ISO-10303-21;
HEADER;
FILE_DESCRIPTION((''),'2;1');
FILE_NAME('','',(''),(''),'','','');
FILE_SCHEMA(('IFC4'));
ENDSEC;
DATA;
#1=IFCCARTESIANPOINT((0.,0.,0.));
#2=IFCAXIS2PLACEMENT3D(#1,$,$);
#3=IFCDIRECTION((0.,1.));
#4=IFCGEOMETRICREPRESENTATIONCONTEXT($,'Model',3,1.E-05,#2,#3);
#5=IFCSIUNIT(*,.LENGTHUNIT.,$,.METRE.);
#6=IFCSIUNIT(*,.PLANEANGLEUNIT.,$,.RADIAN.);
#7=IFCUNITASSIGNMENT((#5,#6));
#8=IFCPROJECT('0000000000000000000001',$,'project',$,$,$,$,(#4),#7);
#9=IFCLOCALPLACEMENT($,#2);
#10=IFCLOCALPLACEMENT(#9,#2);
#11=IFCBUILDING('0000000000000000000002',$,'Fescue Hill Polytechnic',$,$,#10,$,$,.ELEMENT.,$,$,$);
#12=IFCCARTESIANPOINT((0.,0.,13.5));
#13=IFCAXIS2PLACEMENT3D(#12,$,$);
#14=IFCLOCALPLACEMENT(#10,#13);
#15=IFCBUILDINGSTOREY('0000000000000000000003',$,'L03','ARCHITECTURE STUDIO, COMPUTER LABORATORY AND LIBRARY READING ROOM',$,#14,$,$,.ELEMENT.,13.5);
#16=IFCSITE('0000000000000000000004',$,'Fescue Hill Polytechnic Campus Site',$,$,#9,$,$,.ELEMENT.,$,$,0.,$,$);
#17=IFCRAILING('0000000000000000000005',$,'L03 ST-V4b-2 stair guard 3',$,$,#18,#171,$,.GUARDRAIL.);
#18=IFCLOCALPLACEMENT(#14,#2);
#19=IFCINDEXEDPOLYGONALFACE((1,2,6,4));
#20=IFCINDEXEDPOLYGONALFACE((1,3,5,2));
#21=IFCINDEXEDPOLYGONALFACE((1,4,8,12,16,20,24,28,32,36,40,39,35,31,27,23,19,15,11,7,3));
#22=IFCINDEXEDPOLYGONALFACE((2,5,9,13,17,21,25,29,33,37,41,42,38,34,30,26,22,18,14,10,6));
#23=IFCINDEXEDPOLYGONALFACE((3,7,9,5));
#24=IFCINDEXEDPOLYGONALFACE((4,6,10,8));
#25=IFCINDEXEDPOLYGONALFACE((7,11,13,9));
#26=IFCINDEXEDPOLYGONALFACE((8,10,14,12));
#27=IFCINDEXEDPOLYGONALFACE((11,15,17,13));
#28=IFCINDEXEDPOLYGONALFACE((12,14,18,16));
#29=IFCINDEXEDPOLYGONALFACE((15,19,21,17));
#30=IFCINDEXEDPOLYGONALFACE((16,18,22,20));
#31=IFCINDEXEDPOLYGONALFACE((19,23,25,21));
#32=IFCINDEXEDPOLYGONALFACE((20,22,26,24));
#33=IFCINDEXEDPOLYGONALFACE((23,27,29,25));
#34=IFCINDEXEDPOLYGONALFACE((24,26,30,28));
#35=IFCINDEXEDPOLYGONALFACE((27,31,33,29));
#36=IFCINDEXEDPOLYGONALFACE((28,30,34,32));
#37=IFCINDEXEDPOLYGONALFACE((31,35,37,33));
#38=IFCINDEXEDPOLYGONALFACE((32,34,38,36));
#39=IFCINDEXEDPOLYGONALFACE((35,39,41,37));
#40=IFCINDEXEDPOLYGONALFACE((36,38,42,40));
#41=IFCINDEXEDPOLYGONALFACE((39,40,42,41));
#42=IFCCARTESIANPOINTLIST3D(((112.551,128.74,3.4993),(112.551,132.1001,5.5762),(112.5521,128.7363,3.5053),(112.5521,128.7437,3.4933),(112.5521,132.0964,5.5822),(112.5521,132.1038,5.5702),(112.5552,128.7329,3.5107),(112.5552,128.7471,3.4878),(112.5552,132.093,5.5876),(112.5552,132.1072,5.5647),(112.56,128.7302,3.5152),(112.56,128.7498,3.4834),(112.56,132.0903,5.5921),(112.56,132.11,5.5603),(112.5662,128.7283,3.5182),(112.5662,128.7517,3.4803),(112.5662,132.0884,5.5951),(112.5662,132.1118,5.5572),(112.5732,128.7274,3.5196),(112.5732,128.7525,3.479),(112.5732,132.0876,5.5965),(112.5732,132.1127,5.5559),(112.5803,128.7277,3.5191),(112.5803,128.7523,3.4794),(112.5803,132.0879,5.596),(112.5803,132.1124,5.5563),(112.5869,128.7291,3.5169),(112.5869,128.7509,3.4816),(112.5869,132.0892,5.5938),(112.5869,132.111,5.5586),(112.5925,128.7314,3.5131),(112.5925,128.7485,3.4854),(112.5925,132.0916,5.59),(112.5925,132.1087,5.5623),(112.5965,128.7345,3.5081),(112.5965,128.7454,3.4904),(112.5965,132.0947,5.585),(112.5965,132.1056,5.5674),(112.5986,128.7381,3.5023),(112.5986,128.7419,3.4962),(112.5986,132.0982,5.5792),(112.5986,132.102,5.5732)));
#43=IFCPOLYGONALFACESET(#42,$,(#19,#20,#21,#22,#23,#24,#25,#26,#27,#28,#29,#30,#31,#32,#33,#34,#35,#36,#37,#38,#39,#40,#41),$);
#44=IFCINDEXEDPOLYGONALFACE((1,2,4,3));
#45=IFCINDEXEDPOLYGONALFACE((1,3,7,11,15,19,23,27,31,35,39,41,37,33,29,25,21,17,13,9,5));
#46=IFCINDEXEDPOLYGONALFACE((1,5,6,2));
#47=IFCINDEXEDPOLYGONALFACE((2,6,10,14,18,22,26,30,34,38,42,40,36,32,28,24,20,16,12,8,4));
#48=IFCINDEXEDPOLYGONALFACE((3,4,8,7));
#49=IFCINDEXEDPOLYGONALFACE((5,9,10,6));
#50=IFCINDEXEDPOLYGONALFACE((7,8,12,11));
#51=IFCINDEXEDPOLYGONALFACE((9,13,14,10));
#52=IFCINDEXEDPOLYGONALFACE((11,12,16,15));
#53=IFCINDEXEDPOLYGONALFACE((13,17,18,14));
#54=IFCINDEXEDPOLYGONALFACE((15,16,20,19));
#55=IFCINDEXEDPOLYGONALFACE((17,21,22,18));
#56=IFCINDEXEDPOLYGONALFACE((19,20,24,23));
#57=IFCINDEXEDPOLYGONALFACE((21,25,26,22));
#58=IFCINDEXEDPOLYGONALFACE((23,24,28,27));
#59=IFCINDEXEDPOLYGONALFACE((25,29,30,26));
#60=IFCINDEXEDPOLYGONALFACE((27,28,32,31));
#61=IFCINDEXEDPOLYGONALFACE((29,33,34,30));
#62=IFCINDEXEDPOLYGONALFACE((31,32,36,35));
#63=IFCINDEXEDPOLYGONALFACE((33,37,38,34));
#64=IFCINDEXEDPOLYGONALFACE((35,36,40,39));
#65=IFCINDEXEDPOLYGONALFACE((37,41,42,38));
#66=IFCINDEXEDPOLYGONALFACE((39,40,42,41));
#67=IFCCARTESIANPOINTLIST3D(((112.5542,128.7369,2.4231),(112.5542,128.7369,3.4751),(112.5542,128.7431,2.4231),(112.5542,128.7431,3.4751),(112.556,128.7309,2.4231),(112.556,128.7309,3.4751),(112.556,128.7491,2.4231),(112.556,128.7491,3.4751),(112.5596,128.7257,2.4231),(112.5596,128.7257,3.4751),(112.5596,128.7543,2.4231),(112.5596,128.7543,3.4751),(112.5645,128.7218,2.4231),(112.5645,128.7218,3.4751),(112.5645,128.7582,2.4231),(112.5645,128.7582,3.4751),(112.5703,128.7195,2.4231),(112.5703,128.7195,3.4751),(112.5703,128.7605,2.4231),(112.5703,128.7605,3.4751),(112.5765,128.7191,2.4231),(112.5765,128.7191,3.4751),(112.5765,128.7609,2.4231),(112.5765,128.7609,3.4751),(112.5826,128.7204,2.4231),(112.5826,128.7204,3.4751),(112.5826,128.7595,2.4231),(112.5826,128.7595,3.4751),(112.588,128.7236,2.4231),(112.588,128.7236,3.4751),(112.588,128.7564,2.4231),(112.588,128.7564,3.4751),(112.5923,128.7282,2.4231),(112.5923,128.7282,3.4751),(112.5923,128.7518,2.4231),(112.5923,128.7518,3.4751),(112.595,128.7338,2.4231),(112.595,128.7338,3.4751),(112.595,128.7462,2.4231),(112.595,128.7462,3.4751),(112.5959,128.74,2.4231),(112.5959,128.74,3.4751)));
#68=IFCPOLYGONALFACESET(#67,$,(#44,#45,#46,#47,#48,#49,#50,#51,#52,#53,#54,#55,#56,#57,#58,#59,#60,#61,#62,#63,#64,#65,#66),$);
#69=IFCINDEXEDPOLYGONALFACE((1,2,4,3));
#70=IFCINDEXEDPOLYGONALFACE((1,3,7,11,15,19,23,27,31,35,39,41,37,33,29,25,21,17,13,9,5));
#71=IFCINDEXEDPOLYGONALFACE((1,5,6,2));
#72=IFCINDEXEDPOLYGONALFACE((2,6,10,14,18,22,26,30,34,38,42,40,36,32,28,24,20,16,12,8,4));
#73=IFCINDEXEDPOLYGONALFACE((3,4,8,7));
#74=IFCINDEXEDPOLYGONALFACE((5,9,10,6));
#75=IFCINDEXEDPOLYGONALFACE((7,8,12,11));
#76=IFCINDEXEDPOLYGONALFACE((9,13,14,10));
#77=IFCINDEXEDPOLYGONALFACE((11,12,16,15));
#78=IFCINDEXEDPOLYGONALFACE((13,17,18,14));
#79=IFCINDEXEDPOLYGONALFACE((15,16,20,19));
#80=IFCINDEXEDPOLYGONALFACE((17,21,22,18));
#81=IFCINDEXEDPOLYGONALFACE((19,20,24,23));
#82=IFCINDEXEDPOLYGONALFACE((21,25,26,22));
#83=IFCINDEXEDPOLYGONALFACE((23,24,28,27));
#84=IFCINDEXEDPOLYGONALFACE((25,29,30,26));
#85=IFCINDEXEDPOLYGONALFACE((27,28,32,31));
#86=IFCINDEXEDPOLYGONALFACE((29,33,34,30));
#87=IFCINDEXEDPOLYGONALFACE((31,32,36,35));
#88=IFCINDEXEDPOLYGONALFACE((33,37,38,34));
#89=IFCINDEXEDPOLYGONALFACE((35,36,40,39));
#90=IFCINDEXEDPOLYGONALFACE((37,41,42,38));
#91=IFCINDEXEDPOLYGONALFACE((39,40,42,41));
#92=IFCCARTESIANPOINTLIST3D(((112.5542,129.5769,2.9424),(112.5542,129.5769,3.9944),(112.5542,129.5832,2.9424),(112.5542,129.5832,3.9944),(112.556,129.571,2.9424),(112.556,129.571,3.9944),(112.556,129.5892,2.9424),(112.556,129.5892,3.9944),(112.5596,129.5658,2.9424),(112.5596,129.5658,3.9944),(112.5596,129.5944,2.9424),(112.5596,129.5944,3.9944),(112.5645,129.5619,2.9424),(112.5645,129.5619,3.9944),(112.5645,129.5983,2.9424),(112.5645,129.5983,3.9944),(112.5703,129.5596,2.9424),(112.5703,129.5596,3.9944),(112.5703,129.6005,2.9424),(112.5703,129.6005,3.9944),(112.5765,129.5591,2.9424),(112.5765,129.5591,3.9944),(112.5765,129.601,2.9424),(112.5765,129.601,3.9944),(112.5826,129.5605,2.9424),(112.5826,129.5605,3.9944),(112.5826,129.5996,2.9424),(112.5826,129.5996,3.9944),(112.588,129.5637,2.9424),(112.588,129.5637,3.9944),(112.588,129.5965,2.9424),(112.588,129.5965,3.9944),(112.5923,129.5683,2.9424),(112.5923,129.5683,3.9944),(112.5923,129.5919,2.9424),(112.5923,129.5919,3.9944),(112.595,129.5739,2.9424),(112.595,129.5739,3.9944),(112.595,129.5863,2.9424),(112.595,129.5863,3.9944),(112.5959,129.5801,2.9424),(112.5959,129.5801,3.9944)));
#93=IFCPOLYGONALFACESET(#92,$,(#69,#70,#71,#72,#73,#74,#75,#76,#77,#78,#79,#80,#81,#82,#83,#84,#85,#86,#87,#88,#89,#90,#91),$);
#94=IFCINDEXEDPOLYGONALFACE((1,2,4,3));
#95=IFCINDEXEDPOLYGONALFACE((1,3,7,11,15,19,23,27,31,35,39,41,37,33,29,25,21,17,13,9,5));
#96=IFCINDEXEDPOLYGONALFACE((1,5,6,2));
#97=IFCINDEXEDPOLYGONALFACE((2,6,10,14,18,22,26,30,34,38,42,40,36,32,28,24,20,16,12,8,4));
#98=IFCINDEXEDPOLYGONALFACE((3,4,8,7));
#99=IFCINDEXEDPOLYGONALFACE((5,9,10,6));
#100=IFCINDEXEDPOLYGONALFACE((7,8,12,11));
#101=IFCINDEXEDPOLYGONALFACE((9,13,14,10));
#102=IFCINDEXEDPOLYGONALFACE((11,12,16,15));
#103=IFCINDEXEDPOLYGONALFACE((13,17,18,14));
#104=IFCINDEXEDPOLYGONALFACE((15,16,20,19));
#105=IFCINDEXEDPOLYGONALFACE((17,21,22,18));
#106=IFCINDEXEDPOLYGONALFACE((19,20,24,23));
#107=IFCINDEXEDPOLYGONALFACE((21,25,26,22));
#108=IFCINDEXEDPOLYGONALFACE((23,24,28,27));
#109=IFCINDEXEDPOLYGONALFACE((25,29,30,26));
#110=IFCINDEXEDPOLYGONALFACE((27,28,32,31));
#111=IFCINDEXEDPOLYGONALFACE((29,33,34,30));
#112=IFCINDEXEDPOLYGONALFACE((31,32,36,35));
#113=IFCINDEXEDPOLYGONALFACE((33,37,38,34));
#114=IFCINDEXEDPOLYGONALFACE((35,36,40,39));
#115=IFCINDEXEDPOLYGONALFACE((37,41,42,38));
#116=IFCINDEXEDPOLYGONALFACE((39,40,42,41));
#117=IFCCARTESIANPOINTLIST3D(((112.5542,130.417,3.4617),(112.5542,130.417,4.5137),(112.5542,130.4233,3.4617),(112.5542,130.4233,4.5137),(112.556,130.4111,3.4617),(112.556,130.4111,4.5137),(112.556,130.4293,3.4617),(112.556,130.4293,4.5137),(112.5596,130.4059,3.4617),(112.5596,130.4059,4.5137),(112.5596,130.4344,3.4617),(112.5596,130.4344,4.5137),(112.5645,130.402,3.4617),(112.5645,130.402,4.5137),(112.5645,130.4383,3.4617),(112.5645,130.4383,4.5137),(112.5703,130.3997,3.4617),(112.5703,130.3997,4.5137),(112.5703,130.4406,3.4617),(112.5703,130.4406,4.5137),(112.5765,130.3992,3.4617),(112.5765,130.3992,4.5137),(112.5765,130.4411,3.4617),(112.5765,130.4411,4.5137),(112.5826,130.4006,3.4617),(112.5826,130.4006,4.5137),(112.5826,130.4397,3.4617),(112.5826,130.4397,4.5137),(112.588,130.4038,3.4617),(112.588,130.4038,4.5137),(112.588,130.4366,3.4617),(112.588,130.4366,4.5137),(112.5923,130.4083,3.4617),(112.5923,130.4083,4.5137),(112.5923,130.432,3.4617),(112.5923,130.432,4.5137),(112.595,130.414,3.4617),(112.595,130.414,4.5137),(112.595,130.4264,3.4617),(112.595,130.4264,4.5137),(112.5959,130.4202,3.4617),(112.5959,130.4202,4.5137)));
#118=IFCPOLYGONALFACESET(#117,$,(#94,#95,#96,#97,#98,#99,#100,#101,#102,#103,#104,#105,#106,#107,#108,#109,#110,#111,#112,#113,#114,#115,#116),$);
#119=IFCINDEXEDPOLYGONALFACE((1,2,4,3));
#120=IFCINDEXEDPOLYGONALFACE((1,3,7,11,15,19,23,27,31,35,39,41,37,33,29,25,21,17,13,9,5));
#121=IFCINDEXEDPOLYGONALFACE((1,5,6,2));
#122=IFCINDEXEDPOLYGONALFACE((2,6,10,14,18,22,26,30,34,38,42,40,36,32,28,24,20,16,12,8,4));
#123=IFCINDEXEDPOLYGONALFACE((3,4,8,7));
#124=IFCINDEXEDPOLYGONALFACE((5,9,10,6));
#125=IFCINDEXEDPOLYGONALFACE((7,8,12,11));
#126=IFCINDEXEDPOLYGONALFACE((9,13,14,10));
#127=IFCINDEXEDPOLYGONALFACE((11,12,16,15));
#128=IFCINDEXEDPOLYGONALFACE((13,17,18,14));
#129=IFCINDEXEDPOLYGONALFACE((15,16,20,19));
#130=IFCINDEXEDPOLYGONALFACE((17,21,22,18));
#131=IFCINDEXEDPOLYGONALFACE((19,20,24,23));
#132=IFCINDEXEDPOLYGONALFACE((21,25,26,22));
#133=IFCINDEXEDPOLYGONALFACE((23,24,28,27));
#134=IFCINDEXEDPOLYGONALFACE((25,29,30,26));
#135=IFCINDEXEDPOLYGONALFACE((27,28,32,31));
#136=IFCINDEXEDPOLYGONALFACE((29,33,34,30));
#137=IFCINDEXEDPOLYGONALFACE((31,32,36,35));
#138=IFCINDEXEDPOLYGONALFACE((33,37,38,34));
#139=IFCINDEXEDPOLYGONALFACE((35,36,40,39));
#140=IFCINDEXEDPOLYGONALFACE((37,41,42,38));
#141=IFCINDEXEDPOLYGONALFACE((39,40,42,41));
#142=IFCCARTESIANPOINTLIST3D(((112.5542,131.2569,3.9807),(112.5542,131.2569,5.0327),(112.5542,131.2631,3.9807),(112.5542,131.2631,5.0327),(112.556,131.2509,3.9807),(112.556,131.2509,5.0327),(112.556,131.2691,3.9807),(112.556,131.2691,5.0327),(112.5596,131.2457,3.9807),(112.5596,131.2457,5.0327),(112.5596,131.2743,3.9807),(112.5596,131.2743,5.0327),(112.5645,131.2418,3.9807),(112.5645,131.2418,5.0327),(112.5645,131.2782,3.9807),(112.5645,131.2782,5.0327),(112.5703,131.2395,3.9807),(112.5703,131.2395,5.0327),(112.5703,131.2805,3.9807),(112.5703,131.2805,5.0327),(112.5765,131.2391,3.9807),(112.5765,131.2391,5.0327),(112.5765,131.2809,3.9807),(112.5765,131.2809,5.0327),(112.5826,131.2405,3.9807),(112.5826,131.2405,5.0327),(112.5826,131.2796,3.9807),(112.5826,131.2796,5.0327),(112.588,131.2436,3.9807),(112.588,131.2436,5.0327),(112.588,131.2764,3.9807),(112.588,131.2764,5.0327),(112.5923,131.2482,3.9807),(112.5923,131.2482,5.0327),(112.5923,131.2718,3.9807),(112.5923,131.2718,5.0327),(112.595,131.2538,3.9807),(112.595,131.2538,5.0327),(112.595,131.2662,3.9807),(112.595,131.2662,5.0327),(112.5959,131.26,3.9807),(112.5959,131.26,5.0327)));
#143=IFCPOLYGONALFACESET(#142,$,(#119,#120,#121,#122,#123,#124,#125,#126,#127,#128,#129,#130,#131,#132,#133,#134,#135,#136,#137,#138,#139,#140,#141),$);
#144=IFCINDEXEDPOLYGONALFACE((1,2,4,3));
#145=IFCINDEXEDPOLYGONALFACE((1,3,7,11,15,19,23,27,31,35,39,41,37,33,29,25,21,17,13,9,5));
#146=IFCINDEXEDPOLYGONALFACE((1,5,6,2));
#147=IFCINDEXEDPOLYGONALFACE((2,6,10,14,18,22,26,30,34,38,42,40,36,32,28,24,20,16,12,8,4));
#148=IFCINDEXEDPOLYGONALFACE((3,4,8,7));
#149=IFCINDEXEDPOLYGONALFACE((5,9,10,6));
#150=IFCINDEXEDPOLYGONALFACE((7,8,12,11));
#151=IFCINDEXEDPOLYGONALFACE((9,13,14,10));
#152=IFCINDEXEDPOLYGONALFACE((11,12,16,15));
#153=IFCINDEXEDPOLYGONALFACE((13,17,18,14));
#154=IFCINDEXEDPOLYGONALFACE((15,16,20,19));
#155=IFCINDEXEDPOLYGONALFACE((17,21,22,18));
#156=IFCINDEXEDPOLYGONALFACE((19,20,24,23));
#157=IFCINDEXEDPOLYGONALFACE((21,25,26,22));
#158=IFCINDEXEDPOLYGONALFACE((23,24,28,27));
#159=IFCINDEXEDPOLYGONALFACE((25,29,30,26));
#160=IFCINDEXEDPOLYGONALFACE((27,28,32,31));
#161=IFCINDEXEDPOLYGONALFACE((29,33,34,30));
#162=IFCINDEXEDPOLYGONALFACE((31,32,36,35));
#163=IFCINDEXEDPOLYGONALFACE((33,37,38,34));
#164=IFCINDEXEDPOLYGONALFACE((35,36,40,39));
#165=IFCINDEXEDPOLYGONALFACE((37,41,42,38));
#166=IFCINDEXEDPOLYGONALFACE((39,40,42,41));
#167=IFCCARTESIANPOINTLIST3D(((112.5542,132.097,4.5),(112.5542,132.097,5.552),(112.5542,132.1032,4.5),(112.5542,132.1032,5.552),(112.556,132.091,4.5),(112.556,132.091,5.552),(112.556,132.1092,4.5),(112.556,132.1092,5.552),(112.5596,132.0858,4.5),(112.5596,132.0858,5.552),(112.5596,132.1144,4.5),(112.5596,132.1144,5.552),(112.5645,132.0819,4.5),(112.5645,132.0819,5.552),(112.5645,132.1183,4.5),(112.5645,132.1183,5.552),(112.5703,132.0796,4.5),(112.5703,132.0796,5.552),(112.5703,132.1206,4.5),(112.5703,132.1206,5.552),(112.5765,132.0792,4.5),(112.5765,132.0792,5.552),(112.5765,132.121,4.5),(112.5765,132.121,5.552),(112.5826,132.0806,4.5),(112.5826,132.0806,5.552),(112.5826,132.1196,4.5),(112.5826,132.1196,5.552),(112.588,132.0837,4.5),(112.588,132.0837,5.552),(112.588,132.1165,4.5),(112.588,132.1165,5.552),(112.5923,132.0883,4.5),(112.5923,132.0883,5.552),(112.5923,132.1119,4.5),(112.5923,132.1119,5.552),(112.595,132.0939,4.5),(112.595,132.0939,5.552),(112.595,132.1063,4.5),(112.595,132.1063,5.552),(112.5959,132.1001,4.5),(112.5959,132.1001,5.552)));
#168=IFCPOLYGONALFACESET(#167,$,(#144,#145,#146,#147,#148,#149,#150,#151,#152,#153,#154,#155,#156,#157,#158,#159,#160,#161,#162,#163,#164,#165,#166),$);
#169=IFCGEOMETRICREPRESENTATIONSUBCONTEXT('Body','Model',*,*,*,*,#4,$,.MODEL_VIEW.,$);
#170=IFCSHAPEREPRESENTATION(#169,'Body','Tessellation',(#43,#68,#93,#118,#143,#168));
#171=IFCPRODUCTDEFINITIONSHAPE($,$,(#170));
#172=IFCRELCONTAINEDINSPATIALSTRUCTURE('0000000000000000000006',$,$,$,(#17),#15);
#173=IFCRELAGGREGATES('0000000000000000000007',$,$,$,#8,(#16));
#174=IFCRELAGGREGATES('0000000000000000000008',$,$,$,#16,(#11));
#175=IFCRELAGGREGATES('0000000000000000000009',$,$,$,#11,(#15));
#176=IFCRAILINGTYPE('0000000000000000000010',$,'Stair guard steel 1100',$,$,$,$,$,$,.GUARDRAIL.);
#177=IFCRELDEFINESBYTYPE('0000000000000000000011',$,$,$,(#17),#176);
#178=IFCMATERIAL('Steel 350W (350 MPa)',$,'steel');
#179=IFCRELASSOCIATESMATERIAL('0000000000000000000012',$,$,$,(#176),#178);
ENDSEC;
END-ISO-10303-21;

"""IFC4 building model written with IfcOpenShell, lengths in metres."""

from ifc_helpers import new_model, si_unit, direction, frame, origin, origin_2d, place, context, subcontext, project, spatial, circle, extrude, material, type_object, element, save


model = new_model("IFC4")

# Units and contexts
model_context = context("Model", 3, precision=1e-05, world=origin(), true_north=direction((0.0, 1.0)))
body_context = subcontext(model_context, "Body", "Model", "MODEL_VIEW")
ifc_project = project(units=[si_unit("LENGTHUNIT", "METRE"), si_unit("PLANEANGLEUNIT", "RADIAN")], contexts=[model_context])

# Site, building, storey
site_placement = place(None, origin())
site = spatial("IfcSite", under=ifc_project, at=site_placement, Name="Fescue Hill Polytechnic Campus Site", CompositionType="ELEMENT", RefElevation=0.0)
building_placement = place(site_placement, origin())
building = spatial("IfcBuilding", under=site, at=building_placement, Name="Fescue Hill Polytechnic", CompositionType="ELEMENT")
storey_placement = place(building_placement, frame((0.0, 0.0, 13.5)))
storey = spatial("IfcBuildingStorey", under=building, at=storey_placement, Name="L03", Description="ARCHITECTURE STUDIO, COMPUTER LABORATORY AND LIBRARY READING ROOM", CompositionType="ELEMENT", Elevation=13.5)

# Railing
ifc_material_1 = material(Name="Steel 350W (350 MPa)", Category="steel")
railing_type = type_object("IfcRailingType", Name="Stair guard steel 1100", PredefinedType="GUARDRAIL", material=ifc_material_1)
railing_1_placement = place(storey_placement, frame((112.575, 128.74, 2.4231)))
element("IfcRailing", 1, at=railing_1_placement, inside=storey, type_object=railing_type, Name="L03 ST-V4b-2 stair guard 3", PredefinedType="GUARDRAIL", context=body_context, shape_type="SweptSolid", body=[
    extrude(circle(Radius=0.0239, at=origin_2d()), frame((0.0, 0.0, 1.0762), z_axis=(0.0, 0.850623, 0.525776), x_axis=(-1.0, 0.0, 0.0)), (0.0, 0.0, 1.0), 3.9502),
    extrude(circle(Radius=0.021, at=origin_2d()), origin(), (0.0, 0.0, 1.0), 1.052),
    extrude(circle(Radius=0.021, at=origin_2d()), frame((0.0, 0.8401, 0.5193)), (0.0, 0.0, 1.0), 1.052),
    extrude(circle(Radius=0.021, at=origin_2d()), frame((0.0, 1.6802, 1.0386)), (0.0, 0.0, 1.0), 1.052),
    extrude(circle(Radius=0.021, at=origin_2d()), frame((0.0, 2.52, 1.5576)), (0.0, 0.0, 1.0), 1.052),
    extrude(circle(Radius=0.021, at=origin_2d()), frame((0.0, 3.3601, 2.0769)), (0.0, 0.0, 1.0), 1.052),
])

save(model, "model.ifc")
